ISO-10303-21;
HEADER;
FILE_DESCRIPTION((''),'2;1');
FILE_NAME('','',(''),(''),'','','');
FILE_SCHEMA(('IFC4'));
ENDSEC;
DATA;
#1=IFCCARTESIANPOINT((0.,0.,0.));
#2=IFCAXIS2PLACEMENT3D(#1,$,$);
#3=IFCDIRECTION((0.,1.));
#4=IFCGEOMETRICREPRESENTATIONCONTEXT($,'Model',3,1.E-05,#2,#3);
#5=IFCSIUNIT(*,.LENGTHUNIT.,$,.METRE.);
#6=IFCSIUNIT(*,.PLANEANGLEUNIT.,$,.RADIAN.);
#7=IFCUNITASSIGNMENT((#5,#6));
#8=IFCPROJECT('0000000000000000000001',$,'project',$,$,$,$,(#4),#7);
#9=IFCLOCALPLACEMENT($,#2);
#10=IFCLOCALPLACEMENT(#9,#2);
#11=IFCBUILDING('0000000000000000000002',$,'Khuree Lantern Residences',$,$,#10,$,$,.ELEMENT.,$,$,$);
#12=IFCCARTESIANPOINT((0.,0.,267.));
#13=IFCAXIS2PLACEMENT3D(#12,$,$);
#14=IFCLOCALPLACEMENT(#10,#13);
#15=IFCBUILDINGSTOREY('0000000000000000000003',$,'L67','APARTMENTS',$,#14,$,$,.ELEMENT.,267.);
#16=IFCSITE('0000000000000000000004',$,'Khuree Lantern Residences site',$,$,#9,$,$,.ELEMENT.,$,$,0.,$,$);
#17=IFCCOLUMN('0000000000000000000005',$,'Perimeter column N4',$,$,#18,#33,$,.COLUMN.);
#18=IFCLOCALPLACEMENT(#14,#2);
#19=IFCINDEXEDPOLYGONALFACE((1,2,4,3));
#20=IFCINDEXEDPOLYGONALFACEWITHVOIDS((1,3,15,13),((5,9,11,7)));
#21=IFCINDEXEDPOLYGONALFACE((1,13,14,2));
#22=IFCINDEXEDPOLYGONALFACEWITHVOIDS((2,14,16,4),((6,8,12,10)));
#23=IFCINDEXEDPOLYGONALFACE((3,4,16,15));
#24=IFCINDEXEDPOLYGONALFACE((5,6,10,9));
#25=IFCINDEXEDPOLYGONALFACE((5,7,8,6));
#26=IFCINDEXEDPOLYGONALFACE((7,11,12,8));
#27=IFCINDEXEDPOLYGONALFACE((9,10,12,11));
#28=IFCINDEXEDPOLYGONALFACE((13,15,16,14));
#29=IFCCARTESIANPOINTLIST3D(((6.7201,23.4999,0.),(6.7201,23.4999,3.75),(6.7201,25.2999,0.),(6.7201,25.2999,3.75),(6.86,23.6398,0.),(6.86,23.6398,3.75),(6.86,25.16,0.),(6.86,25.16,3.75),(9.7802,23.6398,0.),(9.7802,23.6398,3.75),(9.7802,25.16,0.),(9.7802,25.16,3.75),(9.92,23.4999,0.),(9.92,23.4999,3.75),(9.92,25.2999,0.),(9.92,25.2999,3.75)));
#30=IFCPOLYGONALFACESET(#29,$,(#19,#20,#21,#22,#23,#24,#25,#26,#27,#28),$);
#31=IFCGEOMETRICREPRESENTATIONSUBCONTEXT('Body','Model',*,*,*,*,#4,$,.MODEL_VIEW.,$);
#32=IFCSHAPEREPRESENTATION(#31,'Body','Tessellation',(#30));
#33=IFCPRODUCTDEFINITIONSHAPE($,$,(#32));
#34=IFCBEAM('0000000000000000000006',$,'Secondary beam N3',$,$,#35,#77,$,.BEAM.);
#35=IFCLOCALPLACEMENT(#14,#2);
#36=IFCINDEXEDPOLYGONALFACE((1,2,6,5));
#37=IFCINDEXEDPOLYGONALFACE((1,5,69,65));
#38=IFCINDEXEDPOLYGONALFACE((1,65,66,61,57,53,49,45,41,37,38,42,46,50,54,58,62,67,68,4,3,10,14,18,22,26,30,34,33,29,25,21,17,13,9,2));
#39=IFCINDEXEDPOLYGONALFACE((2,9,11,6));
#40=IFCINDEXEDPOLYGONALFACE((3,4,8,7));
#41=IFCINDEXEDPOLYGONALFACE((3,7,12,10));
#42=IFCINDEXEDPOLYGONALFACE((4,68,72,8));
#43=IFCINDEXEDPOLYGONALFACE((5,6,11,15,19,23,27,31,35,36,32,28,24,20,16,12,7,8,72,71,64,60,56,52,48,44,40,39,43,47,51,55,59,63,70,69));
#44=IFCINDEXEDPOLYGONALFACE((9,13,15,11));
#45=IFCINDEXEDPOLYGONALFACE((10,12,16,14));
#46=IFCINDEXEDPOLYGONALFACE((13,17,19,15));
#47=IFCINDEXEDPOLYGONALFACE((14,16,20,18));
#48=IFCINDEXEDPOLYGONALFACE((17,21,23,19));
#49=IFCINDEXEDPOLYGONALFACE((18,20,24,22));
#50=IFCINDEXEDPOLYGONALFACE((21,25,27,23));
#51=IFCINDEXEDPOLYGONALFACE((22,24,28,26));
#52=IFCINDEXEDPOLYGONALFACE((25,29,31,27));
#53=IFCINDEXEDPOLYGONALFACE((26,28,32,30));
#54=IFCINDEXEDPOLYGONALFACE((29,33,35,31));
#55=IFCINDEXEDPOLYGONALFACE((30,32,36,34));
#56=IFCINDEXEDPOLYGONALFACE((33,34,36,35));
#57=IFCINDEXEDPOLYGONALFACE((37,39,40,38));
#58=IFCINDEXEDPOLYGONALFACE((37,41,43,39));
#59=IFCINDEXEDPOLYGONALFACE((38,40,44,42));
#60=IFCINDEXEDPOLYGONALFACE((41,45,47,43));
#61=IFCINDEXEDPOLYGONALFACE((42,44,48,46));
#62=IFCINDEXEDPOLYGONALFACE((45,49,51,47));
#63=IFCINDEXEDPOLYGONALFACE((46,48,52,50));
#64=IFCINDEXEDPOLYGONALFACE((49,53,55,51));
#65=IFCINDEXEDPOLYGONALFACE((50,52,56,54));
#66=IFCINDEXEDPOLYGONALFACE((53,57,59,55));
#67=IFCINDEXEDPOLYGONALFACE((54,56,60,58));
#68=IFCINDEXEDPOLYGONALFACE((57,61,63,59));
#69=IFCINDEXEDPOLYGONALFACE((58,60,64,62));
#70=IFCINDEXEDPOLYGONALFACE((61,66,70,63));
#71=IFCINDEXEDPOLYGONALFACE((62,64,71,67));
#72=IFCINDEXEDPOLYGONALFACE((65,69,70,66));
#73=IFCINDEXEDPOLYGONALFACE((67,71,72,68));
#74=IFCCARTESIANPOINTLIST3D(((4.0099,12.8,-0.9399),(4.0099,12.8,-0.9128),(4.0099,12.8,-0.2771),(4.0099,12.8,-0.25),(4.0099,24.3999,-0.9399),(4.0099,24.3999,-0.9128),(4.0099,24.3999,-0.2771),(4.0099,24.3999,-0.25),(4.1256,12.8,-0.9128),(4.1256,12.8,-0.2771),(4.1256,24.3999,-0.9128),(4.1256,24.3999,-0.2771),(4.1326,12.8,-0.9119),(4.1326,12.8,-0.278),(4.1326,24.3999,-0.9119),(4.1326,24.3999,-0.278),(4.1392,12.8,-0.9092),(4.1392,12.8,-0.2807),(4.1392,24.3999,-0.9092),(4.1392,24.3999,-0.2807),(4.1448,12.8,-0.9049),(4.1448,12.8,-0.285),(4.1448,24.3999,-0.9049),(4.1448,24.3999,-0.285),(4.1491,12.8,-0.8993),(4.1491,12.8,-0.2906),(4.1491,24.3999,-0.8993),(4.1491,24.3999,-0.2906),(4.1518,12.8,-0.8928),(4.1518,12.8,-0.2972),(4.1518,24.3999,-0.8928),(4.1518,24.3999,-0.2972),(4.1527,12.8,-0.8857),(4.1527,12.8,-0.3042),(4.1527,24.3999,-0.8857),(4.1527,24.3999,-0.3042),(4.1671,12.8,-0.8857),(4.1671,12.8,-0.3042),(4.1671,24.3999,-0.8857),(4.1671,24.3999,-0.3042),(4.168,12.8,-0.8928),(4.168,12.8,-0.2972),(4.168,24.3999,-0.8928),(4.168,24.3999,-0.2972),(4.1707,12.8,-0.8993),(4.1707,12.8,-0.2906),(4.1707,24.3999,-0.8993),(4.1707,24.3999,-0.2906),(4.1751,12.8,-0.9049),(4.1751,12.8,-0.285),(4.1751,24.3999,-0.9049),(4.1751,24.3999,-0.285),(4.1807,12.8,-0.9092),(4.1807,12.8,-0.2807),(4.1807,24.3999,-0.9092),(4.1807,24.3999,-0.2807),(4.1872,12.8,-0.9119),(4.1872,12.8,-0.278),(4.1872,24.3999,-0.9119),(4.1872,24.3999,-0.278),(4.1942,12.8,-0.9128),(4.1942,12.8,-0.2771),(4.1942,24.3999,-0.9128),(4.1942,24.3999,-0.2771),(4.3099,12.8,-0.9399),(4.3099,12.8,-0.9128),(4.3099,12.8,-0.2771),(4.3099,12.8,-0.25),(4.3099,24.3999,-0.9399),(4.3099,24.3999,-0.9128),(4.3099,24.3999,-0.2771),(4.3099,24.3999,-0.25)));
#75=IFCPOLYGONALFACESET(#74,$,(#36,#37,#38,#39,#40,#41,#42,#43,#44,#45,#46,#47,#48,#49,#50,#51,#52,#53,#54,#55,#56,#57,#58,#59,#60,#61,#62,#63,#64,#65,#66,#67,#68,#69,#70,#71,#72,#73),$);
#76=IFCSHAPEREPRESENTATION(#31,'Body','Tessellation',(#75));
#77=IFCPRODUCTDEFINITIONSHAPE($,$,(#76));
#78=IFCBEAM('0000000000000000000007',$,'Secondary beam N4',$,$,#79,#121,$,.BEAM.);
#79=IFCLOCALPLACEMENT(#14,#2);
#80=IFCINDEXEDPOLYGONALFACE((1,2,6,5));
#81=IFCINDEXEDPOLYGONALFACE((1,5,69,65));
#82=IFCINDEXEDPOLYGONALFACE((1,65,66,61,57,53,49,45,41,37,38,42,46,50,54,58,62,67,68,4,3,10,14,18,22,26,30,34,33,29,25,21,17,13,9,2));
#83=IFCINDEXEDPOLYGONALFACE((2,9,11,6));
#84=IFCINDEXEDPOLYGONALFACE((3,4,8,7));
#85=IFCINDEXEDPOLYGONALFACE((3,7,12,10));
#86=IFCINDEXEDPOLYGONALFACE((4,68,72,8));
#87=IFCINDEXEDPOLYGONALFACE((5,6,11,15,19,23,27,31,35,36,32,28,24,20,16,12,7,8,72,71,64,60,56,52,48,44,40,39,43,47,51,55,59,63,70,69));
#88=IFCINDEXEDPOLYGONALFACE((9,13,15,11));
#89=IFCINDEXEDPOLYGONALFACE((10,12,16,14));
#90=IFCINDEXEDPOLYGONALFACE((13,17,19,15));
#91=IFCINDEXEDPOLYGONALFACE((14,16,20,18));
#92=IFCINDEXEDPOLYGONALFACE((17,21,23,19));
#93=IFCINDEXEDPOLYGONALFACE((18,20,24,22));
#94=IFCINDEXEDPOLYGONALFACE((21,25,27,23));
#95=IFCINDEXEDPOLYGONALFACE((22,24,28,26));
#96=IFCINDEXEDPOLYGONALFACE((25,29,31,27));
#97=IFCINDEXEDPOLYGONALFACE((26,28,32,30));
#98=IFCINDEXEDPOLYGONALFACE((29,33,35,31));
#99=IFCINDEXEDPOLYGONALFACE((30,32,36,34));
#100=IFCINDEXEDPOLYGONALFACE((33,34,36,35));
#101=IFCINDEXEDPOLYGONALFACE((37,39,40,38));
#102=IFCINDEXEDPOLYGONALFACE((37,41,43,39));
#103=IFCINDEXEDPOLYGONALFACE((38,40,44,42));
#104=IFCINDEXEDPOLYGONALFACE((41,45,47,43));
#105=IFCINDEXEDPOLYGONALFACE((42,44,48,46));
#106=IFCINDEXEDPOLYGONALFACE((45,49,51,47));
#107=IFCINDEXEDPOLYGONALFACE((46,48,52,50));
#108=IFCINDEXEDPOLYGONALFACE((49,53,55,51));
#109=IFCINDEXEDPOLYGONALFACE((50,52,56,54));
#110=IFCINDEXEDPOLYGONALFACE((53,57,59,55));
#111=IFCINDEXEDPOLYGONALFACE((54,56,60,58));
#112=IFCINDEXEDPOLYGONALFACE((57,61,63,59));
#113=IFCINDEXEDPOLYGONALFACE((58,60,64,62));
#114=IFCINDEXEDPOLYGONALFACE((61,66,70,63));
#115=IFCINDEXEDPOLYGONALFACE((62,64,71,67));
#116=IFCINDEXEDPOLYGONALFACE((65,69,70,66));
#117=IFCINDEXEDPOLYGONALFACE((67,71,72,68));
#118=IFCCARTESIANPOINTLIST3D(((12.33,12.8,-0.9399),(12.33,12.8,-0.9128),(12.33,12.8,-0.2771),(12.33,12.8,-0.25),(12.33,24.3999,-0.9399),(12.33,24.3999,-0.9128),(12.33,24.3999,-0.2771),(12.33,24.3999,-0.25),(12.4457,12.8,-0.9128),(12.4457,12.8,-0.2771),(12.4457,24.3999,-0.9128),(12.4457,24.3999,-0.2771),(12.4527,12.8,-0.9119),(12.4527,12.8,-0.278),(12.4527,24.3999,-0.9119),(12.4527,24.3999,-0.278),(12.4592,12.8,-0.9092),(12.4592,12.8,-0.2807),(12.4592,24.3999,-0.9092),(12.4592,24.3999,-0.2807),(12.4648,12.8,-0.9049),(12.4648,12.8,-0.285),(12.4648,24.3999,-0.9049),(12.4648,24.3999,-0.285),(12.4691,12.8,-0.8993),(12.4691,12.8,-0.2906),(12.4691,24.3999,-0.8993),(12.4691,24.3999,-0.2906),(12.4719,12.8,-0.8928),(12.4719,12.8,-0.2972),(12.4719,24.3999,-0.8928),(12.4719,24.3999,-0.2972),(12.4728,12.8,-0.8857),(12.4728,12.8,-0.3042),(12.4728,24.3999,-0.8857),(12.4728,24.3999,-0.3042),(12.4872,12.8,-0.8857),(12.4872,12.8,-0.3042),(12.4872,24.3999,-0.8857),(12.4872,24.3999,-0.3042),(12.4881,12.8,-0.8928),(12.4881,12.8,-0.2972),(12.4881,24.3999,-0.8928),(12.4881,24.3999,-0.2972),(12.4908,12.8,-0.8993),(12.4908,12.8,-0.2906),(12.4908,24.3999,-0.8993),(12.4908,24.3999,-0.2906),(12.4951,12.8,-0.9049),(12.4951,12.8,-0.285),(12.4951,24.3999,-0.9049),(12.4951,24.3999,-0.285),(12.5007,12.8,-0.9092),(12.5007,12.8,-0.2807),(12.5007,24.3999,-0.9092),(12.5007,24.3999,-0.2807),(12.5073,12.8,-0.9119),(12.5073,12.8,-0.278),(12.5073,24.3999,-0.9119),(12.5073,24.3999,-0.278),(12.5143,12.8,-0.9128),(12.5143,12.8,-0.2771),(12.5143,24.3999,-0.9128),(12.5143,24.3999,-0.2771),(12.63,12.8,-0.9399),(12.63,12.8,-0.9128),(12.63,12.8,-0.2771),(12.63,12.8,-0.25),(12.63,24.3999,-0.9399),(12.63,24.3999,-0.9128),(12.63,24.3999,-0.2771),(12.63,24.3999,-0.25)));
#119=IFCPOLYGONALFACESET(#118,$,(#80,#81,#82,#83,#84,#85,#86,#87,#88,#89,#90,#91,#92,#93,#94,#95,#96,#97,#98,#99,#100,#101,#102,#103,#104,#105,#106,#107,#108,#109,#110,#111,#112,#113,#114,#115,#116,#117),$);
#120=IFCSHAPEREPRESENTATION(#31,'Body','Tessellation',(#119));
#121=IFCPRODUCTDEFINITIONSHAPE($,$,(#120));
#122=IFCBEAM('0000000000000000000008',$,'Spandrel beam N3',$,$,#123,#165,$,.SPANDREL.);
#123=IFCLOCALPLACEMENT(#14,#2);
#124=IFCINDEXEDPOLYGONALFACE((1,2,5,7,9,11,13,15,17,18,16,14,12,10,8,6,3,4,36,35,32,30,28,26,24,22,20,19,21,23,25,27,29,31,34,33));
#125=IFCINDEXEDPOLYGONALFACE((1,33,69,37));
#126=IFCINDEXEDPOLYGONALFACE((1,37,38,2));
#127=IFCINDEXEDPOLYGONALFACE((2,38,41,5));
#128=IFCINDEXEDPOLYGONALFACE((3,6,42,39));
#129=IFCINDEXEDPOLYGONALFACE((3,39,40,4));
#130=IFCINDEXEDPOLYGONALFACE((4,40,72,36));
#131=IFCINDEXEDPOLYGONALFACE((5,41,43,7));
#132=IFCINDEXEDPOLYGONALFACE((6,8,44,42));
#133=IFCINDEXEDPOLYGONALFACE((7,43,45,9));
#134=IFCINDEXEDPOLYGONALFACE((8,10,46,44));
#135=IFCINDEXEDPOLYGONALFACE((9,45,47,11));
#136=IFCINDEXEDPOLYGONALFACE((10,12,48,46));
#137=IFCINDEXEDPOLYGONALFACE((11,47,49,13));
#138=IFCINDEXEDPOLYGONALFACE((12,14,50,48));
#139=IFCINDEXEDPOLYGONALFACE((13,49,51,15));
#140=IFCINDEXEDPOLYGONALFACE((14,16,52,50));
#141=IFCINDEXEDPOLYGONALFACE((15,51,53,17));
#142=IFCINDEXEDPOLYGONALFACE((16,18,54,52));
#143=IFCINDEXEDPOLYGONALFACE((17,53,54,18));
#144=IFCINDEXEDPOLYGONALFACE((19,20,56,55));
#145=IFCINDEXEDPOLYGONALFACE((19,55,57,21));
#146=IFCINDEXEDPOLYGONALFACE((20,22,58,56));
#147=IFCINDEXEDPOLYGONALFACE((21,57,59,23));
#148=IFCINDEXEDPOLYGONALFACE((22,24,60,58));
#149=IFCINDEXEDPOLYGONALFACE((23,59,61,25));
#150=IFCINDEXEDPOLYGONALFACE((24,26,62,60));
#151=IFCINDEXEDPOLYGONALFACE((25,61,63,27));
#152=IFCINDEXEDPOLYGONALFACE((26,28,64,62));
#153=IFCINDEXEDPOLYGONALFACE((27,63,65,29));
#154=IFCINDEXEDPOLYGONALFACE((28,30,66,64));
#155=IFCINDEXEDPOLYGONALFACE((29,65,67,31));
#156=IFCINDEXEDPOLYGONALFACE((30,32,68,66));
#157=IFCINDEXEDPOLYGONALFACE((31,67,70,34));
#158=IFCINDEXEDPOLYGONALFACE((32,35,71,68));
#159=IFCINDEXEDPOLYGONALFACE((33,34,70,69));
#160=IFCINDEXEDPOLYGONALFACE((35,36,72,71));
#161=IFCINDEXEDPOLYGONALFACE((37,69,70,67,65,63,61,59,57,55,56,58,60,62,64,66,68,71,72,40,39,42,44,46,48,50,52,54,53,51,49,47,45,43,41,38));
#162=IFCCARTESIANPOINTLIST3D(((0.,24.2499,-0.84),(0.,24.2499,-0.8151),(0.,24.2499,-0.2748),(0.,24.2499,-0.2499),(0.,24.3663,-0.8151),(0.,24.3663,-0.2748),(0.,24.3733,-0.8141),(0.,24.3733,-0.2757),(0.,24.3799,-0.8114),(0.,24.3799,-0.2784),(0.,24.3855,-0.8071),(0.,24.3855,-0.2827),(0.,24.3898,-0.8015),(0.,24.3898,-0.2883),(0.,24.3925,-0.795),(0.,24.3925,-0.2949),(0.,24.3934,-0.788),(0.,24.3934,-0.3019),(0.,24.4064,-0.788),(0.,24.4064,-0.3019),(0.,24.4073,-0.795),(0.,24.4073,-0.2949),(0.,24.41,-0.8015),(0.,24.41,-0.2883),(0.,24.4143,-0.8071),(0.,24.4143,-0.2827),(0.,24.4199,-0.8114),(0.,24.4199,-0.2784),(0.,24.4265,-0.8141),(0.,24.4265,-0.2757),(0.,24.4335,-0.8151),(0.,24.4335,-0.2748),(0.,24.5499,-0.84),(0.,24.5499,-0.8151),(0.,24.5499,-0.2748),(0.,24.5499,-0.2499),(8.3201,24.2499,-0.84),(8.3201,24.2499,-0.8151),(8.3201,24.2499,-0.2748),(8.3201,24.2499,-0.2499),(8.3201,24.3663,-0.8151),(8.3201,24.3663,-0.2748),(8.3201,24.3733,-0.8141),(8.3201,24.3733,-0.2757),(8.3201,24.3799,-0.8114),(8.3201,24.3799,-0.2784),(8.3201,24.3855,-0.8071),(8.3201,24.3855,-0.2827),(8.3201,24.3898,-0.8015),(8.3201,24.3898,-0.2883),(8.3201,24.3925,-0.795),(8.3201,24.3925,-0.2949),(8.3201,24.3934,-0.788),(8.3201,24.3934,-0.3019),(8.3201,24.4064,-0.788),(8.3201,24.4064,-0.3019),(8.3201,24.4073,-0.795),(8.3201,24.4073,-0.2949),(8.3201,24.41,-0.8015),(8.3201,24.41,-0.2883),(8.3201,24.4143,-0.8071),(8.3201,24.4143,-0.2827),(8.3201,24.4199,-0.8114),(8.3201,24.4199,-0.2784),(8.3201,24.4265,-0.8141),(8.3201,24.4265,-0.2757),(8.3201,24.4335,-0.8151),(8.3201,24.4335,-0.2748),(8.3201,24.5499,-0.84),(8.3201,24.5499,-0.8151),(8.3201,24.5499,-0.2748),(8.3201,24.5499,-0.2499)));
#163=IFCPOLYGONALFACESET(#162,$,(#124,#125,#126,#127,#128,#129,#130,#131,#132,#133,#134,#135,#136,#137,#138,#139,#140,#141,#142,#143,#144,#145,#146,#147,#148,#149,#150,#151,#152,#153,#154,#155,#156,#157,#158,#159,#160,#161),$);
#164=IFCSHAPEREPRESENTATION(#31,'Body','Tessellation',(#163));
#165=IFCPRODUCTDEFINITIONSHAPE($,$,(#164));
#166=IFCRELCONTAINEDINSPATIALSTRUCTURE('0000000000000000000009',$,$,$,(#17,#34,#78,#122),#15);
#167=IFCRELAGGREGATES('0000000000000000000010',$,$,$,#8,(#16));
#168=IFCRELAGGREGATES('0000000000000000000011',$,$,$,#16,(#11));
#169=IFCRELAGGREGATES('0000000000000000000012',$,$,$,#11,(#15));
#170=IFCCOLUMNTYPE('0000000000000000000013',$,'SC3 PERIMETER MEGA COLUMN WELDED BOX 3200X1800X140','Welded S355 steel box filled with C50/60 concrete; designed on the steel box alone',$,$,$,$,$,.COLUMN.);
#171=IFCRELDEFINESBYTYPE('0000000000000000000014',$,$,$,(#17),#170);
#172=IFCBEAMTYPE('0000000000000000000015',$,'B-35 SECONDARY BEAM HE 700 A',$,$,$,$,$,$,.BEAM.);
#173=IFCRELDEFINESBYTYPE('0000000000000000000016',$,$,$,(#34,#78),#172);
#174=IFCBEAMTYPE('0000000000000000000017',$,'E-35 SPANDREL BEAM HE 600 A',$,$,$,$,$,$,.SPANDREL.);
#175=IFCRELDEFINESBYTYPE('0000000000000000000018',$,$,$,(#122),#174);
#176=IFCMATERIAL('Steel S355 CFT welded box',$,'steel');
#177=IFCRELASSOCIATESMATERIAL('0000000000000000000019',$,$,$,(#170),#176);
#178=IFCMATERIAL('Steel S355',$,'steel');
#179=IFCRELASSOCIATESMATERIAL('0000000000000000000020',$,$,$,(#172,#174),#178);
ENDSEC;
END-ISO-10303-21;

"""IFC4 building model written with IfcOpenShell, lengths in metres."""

from ifc_helpers import new_model, si_unit, direction, frame, origin, origin_2d, place, context, subcontext, project, spatial, hollow_rectangle, i_section, extrude, material, material_profile, profile_set, type_object, element, save


model = new_model("IFC4")

# Units and contexts
model_context = context("Model", 3, precision=1e-05, world=origin(), true_north=direction((0.0, 1.0)))
body_context = subcontext(model_context, "Body", "Model", "MODEL_VIEW")
ifc_project = project(units=[si_unit("LENGTHUNIT", "METRE"), si_unit("PLANEANGLEUNIT", "RADIAN")], contexts=[model_context])

# Site, building, storey
site_placement = place(None, origin())
site = spatial("IfcSite", under=ifc_project, at=site_placement, Name="Khuree Lantern Residences site", CompositionType="ELEMENT", RefElevation=0.0)
building_placement = place(site_placement, origin())
building = spatial("IfcBuilding", under=site, at=building_placement, Name="Khuree Lantern Residences", CompositionType="ELEMENT")
storey_placement = place(building_placement, frame((0.0, 0.0, 267.0)))
storey = spatial("IfcBuildingStorey", under=building, at=storey_placement, Name="L67", Description="APARTMENTS", CompositionType="ELEMENT", Elevation=267.0)

# Column
ifc_material_1 = material(Name="Steel S355 CFT welded box", Category="steel")
ifc_material_profile_1 = material_profile(ifc_material_1, hollow_rectangle(XDim=3.2, YDim=1.8, WallThickness=0.1399, at=origin_2d()), Name="WELDED BOX 3200X1800X140")
ifc_profile_set_1 = profile_set([ifc_material_profile_1], Name="Steel S355 CFT welded box")
column_type = type_object("IfcColumnType", Name="SC3 PERIMETER MEGA COLUMN WELDED BOX 3200X1800X140", Description="Welded S355 steel box filled with C50/60 concrete; designed on the steel box alone", PredefinedType="COLUMN", material=ifc_profile_set_1)
column_placement = place(storey_placement, frame((8.3201, 24.3999, 0.0), z_axis=(0.0, 0.0, 1.0), x_axis=(1.0, 0.0, 0.0)))
element("IfcColumn", 1, at=column_placement, inside=storey, type_object=column_type, Name="Perimeter column N4", PredefinedType="COLUMN", context=body_context, shape_type="SweptSolid", body=[
    extrude(hollow_rectangle(XDim=3.2, YDim=1.8, WallThickness=0.1399, at=origin_2d()), origin(), (0.0, 0.0, 1.0), 3.75),
])

# Beams
ifc_material_2 = material(Name="Steel S355", Category="steel")
ifc_material_profile_2 = material_profile(ifc_material_2, i_section(OverallWidth=0.3, OverallDepth=0.6899, WebThickness=0.0144, FlangeThickness=0.0271, FilletRadius=0.0271, at=origin_2d()), Name="HE 700 A")
ifc_profile_set_2 = profile_set([ifc_material_profile_2], Name="Steel S355")
beam_type_1 = type_object("IfcBeamType", Name="B-35 SECONDARY BEAM HE 700 A", PredefinedType="BEAM", material=ifc_profile_set_2)
for number, where, z_axis, x_axis, name in (
    (2, (4.1599, 24.3999, -0.595), (0.0, -1.0, 0.0), (1.0, 0.0, 0.0), "Secondary beam N3"),
    (3, (12.48, 24.3999, -0.595), (0.0, -1.0, 0.0), (1.0, 0.0, 0.0), "Secondary beam N4"),
):
    element("IfcBeam", number, at=place(storey_placement, frame(where, z_axis=z_axis, x_axis=x_axis)), inside=storey, type_object=beam_type_1, Name=name, PredefinedType="BEAM", context=body_context, shape_type="SweptSolid", body=[
        extrude(i_section(OverallWidth=0.3, OverallDepth=0.6899, WebThickness=0.0144, FlangeThickness=0.0271, FilletRadius=0.0271, at=origin_2d()), origin(), (0.0, 0.0, 1.0), 11.5999),
    ])
ifc_material_profile_3 = material_profile(ifc_material_2, i_section(OverallWidth=0.3, OverallDepth=0.5901, WebThickness=0.0129, FlangeThickness=0.0249, FilletRadius=0.0271, at=origin_2d()), Name="HE 600 A")
ifc_profile_set_3 = profile_set([ifc_material_profile_3], Name="Steel S355")
beam_type_2 = type_object("IfcBeamType", Name="E-35 SPANDREL BEAM HE 600 A", PredefinedType="SPANDREL", material=ifc_profile_set_3)
beam_1_placement = place(storey_placement, frame((0.0, 24.3999, -0.5449), z_axis=(1.0, 0.0, 0.0), x_axis=(0.0, 1.0, 0.0)))
element("IfcBeam", 4, at=beam_1_placement, inside=storey, type_object=beam_type_2, Name="Spandrel beam N3", PredefinedType="SPANDREL", context=body_context, shape_type="SweptSolid", body=[
    extrude(i_section(OverallWidth=0.3, OverallDepth=0.5901, WebThickness=0.0129, FlangeThickness=0.0249, FilletRadius=0.0271, at=origin_2d()), origin(), (0.0, 0.0, 1.0), 8.3201),
])

save(model, "model.ifc")
